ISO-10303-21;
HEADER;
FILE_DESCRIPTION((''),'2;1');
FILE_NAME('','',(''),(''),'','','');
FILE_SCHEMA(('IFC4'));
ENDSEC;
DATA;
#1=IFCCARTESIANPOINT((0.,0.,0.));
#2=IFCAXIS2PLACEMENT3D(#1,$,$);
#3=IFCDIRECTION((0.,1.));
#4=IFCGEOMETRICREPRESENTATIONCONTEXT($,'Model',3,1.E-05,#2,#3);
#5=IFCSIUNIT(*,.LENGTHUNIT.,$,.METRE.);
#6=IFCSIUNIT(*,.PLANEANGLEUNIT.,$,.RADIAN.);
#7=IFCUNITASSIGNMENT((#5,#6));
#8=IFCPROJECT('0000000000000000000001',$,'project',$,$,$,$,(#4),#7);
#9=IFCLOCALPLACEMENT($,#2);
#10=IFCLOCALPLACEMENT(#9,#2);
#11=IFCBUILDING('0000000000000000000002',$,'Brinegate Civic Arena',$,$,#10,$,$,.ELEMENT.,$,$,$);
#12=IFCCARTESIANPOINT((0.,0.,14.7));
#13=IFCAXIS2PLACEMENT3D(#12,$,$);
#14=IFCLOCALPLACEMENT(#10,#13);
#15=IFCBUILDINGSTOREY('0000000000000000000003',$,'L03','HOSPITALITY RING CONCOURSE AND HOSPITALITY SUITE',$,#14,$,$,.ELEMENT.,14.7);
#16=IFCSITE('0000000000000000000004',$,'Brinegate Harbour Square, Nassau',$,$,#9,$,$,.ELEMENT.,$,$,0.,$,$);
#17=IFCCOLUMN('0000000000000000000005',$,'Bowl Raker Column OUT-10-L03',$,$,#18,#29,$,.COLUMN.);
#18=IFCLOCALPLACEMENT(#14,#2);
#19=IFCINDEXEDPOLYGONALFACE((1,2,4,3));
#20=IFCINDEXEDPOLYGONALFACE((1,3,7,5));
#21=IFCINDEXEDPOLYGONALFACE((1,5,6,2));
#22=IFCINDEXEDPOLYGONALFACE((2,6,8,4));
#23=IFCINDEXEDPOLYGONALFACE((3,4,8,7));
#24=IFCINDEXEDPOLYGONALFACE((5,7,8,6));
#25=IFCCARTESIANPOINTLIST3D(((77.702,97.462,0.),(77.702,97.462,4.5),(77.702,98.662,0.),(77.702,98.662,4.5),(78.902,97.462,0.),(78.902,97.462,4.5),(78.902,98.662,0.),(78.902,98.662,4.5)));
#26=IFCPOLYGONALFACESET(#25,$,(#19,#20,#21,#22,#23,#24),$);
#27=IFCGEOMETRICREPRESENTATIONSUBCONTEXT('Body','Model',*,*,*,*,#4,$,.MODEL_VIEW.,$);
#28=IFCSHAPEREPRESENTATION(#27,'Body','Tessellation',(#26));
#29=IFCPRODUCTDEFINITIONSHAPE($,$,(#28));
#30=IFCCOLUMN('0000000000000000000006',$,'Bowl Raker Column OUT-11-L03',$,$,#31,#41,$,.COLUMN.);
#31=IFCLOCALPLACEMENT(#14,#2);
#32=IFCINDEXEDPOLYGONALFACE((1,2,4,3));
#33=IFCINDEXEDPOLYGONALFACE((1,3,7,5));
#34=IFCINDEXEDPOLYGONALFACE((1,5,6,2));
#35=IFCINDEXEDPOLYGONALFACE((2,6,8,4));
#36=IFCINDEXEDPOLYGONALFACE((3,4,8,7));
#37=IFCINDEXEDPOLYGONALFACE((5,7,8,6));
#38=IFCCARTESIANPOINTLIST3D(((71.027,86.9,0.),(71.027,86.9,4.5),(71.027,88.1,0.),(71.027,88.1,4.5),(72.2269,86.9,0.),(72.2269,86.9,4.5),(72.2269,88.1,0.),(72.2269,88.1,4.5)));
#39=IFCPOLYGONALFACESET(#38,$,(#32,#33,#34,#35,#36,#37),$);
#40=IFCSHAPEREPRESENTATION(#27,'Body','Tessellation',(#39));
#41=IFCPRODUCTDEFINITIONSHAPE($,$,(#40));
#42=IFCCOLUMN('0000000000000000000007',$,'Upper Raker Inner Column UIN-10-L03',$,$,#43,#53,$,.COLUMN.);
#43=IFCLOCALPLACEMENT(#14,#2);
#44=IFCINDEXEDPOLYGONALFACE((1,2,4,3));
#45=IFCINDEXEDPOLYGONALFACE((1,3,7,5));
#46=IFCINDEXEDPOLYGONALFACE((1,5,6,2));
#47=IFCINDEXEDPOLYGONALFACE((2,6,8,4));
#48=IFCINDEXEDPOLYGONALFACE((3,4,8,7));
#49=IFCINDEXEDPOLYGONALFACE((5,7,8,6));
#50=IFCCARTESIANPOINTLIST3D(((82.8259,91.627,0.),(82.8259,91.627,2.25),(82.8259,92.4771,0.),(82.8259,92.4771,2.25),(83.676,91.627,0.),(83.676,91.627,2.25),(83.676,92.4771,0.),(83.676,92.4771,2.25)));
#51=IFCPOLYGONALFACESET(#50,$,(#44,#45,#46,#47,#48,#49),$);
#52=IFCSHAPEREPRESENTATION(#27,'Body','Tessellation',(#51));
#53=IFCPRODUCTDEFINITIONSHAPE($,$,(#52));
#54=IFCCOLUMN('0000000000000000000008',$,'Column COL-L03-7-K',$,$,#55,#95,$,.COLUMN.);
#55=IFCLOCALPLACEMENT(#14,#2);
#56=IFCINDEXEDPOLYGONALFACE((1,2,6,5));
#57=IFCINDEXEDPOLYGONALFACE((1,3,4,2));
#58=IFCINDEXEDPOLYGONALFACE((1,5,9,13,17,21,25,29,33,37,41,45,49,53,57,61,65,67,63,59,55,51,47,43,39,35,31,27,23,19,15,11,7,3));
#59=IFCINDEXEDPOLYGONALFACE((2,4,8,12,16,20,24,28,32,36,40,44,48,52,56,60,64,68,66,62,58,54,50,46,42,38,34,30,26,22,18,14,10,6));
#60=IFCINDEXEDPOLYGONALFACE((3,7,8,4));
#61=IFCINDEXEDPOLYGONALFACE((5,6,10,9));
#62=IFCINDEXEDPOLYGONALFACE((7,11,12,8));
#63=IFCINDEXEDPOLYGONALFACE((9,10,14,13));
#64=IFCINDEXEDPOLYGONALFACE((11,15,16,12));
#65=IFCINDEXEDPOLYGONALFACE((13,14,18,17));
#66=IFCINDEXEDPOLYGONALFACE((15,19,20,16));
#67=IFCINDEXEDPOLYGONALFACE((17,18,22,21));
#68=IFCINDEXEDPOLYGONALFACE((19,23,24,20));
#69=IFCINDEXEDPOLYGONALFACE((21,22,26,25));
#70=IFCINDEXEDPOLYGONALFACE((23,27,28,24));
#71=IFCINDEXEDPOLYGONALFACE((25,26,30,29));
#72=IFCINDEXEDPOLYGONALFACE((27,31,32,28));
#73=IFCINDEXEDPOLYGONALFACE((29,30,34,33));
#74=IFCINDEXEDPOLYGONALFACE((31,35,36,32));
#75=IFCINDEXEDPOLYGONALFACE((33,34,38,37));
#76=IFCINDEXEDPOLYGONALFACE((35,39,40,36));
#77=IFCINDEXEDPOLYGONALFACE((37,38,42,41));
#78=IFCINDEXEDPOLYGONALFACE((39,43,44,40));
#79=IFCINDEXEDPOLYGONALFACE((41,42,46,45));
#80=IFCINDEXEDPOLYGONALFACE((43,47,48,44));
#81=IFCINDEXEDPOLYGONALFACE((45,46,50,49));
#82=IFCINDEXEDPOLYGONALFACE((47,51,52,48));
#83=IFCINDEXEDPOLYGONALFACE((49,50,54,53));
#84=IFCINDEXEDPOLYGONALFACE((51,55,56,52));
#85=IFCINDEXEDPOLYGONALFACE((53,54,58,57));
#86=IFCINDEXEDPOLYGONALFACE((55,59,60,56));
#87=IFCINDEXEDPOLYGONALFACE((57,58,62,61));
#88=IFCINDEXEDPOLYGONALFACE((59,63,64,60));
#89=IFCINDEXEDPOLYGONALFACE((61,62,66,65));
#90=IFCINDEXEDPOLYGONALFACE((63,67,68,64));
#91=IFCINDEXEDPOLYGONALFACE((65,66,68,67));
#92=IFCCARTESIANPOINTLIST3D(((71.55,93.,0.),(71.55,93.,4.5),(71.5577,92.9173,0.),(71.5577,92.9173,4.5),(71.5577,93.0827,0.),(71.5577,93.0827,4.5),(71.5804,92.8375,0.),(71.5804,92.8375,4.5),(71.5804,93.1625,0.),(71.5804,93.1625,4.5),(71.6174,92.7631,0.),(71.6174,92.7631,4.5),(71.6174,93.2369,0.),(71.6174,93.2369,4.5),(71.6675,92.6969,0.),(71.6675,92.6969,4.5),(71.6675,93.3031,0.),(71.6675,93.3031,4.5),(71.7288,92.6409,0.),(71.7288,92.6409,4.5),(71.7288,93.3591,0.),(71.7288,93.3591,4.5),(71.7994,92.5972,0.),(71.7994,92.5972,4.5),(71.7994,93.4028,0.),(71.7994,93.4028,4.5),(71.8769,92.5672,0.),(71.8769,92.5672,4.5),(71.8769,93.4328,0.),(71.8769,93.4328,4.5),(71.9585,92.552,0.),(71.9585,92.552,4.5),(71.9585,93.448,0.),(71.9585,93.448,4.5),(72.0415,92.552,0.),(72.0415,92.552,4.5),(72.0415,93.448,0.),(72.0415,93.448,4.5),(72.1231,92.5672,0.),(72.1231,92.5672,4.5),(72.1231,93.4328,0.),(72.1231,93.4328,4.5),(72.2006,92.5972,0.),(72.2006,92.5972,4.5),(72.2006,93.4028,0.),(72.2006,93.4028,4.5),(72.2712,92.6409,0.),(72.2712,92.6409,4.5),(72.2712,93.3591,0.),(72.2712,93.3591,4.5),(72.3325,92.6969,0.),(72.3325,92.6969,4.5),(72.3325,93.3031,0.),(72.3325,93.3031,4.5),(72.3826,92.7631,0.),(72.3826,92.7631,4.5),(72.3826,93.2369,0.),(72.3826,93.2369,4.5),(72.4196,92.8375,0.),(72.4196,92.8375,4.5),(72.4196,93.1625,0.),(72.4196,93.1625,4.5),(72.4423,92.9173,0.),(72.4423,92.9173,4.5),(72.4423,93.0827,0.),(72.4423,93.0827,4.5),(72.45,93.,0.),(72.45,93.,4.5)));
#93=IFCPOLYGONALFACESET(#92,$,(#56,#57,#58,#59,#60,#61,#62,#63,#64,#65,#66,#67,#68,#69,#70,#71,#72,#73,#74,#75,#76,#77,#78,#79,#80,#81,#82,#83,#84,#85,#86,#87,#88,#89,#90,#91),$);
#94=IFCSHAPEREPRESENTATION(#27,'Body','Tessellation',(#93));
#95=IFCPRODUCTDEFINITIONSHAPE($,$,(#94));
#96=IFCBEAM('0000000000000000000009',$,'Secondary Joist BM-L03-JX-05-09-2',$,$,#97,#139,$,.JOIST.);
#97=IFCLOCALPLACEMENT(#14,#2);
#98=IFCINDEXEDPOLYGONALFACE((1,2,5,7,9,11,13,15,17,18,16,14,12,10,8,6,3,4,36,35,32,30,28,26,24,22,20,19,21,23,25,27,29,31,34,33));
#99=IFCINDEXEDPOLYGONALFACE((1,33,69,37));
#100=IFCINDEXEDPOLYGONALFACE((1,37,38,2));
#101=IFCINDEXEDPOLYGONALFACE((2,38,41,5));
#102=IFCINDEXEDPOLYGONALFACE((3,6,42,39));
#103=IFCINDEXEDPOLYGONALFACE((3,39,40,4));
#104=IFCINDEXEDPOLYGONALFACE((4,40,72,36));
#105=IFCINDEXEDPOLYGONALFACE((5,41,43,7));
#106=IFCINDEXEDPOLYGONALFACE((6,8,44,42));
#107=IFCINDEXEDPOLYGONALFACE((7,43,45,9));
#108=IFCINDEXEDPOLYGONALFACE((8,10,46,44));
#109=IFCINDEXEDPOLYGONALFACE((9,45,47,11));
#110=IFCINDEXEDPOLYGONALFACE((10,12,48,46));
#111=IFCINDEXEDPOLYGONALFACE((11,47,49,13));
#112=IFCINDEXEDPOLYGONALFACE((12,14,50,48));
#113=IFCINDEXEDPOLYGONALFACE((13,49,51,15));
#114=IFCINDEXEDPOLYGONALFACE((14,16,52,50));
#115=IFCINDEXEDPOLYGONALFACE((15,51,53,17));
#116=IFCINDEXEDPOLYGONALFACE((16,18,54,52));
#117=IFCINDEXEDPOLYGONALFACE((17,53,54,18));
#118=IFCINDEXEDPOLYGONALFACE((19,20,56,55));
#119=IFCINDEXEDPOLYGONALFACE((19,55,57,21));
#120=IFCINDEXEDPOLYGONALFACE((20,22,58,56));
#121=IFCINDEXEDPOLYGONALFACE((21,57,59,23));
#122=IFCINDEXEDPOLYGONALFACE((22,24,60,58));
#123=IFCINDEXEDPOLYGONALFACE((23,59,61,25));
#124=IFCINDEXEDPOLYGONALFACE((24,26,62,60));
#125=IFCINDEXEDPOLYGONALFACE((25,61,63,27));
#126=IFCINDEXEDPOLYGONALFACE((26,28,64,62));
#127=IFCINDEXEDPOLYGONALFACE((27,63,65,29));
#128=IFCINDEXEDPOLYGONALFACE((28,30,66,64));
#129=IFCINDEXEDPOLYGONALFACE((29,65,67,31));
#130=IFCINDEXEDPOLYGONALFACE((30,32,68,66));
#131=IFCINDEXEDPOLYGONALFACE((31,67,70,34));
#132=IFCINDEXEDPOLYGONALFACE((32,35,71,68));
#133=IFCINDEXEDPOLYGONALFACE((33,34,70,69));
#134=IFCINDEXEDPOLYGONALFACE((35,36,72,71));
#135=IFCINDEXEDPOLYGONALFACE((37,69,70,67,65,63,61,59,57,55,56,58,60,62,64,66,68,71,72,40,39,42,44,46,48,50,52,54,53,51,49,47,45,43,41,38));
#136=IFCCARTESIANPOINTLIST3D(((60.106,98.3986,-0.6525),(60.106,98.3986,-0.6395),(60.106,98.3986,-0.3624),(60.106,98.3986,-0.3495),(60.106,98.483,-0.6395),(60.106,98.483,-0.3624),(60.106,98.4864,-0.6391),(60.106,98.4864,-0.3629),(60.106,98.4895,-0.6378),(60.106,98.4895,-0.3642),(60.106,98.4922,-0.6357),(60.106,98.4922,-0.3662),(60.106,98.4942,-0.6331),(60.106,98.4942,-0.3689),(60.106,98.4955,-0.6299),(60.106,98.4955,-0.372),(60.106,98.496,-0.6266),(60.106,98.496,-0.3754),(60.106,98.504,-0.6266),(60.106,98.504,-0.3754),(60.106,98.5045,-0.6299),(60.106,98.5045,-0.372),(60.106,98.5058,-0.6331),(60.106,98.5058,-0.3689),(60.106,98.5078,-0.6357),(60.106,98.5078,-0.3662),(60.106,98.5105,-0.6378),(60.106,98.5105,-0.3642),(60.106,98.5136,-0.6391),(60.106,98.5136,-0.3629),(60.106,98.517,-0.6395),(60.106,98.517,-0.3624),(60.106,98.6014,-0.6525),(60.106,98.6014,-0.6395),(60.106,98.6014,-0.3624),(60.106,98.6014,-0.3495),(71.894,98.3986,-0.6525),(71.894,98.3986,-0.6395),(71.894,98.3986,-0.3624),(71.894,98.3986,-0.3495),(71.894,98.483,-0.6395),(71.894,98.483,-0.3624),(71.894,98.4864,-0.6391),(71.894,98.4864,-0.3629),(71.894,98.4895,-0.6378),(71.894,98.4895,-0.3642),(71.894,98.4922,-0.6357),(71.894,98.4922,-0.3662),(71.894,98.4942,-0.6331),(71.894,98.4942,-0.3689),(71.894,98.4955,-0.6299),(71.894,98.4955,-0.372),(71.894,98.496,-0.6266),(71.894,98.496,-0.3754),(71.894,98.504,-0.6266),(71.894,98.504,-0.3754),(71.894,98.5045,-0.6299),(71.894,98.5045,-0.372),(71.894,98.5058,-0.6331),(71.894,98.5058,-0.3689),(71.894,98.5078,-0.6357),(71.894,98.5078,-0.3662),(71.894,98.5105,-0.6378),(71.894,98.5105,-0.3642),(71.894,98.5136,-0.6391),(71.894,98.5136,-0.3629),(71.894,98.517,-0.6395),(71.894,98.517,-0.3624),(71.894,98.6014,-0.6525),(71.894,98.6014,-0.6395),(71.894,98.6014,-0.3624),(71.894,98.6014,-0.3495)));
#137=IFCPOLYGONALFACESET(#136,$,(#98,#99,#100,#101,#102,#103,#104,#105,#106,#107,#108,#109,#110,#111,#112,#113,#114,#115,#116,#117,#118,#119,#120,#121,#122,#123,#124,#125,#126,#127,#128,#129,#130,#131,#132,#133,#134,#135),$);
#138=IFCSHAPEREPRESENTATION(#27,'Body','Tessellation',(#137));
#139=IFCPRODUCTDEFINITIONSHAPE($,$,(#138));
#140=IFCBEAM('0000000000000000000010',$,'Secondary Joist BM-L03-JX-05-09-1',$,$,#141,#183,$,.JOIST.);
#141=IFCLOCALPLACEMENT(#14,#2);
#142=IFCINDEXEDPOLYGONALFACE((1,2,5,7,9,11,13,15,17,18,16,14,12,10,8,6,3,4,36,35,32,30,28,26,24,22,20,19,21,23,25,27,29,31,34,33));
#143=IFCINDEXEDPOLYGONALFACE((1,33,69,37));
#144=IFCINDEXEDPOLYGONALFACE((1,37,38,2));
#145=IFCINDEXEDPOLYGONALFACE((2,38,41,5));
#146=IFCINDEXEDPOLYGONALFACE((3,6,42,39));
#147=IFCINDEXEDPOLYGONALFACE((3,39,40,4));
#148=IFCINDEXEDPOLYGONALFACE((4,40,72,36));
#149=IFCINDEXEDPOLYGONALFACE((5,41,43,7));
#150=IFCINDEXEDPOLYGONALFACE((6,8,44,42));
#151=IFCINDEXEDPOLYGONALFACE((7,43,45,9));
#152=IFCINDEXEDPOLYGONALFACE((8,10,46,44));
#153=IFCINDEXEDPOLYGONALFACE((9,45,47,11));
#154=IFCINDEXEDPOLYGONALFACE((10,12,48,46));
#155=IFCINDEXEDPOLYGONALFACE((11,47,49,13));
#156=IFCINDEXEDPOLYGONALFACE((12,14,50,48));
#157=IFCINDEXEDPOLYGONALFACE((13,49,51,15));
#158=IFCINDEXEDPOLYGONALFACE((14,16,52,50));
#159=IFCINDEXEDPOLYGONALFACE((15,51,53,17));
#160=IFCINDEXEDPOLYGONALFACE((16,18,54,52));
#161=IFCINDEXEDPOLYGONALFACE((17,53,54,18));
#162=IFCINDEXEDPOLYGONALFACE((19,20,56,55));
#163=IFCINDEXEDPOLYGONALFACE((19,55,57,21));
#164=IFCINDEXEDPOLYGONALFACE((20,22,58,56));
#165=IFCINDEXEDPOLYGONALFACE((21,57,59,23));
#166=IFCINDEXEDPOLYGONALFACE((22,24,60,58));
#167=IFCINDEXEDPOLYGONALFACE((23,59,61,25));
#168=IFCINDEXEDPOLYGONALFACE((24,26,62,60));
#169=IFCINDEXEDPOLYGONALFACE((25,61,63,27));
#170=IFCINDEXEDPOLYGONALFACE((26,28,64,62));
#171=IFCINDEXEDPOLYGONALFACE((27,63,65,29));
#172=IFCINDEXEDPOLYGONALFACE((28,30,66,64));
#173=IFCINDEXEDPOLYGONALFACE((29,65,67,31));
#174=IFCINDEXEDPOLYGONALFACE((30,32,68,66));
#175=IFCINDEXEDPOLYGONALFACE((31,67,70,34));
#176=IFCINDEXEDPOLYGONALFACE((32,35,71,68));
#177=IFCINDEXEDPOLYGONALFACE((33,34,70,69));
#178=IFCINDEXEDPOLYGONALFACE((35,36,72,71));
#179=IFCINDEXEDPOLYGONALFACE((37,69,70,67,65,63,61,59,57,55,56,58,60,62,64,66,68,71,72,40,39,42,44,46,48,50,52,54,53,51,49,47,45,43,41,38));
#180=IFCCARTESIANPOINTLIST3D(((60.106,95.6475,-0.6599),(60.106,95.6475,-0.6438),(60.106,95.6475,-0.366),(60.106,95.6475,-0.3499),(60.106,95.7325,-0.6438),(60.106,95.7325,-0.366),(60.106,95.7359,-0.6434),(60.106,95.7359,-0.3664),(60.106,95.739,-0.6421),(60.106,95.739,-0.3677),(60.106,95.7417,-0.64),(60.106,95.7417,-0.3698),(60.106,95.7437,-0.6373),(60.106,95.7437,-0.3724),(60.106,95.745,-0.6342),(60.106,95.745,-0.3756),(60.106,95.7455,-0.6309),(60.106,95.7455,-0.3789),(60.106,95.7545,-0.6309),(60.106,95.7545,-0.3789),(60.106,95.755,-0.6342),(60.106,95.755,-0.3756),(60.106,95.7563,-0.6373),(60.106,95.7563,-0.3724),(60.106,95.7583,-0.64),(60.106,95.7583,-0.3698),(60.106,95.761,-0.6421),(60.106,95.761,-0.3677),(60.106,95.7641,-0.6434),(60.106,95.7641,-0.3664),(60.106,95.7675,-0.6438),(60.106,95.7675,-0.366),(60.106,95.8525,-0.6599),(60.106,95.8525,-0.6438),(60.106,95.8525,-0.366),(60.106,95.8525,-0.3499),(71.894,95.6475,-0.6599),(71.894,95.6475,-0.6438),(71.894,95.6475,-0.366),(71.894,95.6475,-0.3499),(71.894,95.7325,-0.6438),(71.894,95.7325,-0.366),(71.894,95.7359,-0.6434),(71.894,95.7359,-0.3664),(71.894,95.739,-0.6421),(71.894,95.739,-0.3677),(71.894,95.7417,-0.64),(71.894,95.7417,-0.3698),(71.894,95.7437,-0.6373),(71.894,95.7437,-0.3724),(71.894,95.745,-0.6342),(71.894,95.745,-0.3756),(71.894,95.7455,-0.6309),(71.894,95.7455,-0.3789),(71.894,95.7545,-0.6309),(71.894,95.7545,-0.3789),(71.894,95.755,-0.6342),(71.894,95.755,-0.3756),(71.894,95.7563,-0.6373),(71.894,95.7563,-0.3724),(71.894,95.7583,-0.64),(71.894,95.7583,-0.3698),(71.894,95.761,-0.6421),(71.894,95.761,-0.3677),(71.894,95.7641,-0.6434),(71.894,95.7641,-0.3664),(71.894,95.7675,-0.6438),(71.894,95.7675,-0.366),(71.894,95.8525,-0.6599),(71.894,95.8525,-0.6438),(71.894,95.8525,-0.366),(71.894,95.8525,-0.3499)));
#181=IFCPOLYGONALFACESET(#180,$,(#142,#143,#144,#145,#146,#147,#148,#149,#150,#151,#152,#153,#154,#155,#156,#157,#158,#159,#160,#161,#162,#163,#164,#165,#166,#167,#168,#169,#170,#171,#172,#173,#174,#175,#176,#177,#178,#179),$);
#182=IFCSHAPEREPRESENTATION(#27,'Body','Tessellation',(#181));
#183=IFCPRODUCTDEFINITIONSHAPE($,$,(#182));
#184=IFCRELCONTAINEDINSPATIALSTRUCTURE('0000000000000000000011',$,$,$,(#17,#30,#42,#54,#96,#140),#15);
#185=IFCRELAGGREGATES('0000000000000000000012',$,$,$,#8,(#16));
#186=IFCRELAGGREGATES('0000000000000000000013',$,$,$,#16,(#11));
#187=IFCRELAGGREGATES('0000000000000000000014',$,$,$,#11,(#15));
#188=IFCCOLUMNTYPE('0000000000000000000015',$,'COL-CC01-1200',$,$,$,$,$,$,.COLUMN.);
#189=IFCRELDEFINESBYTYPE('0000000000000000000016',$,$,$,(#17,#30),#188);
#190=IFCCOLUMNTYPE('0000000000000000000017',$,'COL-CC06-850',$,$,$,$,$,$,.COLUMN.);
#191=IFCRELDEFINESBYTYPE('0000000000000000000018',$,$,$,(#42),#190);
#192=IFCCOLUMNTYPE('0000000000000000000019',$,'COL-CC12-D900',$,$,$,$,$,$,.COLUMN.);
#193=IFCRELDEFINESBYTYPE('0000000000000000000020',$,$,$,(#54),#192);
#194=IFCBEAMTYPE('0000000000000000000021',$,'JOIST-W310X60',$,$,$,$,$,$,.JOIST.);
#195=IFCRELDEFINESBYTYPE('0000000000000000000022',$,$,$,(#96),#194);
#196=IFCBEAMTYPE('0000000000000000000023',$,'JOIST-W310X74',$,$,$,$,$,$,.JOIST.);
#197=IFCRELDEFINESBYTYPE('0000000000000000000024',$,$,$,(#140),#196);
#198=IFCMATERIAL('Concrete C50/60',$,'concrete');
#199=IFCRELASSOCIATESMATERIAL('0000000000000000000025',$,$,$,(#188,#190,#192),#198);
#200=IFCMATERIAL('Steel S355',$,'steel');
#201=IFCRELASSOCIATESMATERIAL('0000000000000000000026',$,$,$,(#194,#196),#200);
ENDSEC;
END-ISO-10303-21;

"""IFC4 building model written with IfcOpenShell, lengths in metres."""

from ifc_helpers import new_model, si_unit, direction, frame, origin, origin_2d, place, context, subcontext, project, spatial, rectangle, circle, i_section, extrude, material, material_profile, profile_set, type_object, element, save


model = new_model("IFC4")

# Units and contexts
model_context = context("Model", 3, precision=1e-05, world=origin(), true_north=direction((0.0, 1.0)))
body_context = subcontext(model_context, "Body", "Model", "MODEL_VIEW")
ifc_project = project(units=[si_unit("LENGTHUNIT", "METRE"), si_unit("PLANEANGLEUNIT", "RADIAN")], contexts=[model_context])

# Site, building, storey
site_placement = place(None, origin())
site = spatial("IfcSite", under=ifc_project, at=site_placement, Name="Brinegate Harbour Square, Nassau", CompositionType="ELEMENT", RefElevation=0.0)
building_placement = place(site_placement, origin())
building = spatial("IfcBuilding", under=site, at=building_placement, Name="Brinegate Civic Arena", CompositionType="ELEMENT")
storey_placement = place(building_placement, frame((0.0, 0.0, 14.7)))
storey = spatial("IfcBuildingStorey", under=building, at=storey_placement, Name="L03", Description="HOSPITALITY RING CONCOURSE AND HOSPITALITY SUITE", CompositionType="ELEMENT", Elevation=14.7)

# Columns
ifc_material_1 = material(Name="Concrete C50/60", Category="concrete")
ifc_material_profile_1 = material_profile(ifc_material_1, rectangle(XDim=1.2, YDim=1.2, at=origin_2d()), Name="RC1200X1200")
ifc_profile_set_1 = profile_set([ifc_material_profile_1], Name="Concrete C50/60")
column_type_1 = type_object("IfcColumnType", Name="COL-CC01-1200", PredefinedType="COLUMN", material=ifc_profile_set_1)
for number, where, z_axis, x_axis, name in (
    (1, (78.302, 98.062, 0.0), (0.0, 0.0, 1.0), (1.0, 0.0, 0.0), "Bowl Raker Column OUT-10-L03"),
    (2, (71.627, 87.5, 0.0), (0.0, 0.0, 1.0), (1.0, 0.0, 0.0), "Bowl Raker Column OUT-11-L03"),
):
    element("IfcColumn", number, at=place(storey_placement, frame(where, z_axis=z_axis, x_axis=x_axis)), inside=storey, type_object=column_type_1, Name=name, PredefinedType="COLUMN", context=body_context, shape_type="SweptSolid", body=[
        extrude(rectangle(XDim=1.2, YDim=1.2, at=origin_2d()), origin(), (0.0, 0.0, 1.0), 4.5),
    ])
ifc_material_profile_2 = material_profile(ifc_material_1, rectangle(XDim=0.8501, YDim=0.8501, at=origin_2d()), Name="RC850X850")
ifc_profile_set_2 = profile_set([ifc_material_profile_2], Name="Concrete C50/60")
column_type_2 = type_object("IfcColumnType", Name="COL-CC06-850", PredefinedType="COLUMN", material=ifc_profile_set_2)
column_1_placement = place(storey_placement, frame((83.251, 92.052, 0.0), z_axis=(0.0, 0.0, 1.0), x_axis=(1.0, 0.0, 0.0)))
element("IfcColumn", 3, at=column_1_placement, inside=storey, type_object=column_type_2, Name="Upper Raker Inner Column UIN-10-L03", PredefinedType="COLUMN", context=body_context, shape_type="SweptSolid", body=[
    extrude(rectangle(XDim=0.8501, YDim=0.8501, at=origin_2d()), origin(), (0.0, 0.0, 1.0), 2.25),
])
ifc_material_profile_3 = material_profile(ifc_material_1, circle(Radius=0.45, at=origin_2d()), Name="RCD900")
ifc_profile_set_3 = profile_set([ifc_material_profile_3], Name="Concrete C50/60")
column_type_3 = type_object("IfcColumnType", Name="COL-CC12-D900", PredefinedType="COLUMN", material=ifc_profile_set_3)
column_2_placement = place(storey_placement, frame((72.0, 93.0, 0.0), z_axis=(0.0, 0.0, 1.0), x_axis=(1.0, 0.0, 0.0)))
element("IfcColumn", 4, at=column_2_placement, inside=storey, type_object=column_type_3, Name="Column COL-L03-7-K", PredefinedType="COLUMN", context=body_context, shape_type="SweptSolid", body=[
    extrude(circle(Radius=0.45, at=origin_2d()), origin(), (0.0, 0.0, 1.0), 4.5),
])

# Beams
ifc_material_2 = material(Name="Steel S355", Category="steel")
ifc_material_profile_4 = material_profile(ifc_material_2, i_section(OverallWidth=0.2029, OverallDepth=0.303, WebThickness=0.0081, FlangeThickness=0.0129, FilletRadius=0.0129, at=origin_2d()), Name="W310X60")
ifc_profile_set_4 = profile_set([ifc_material_profile_4], Name="Steel S355")
beam_type_1 = type_object("IfcBeamType", Name="JOIST-W310X60", PredefinedType="JOIST", material=ifc_profile_set_4)
beam_1_placement = place(storey_placement, frame((60.106, 98.5, -0.501), z_axis=(1.0, 0.0, 0.0), x_axis=(0.0, 1.0, 0.0)))
element("IfcBeam", 5, at=beam_1_placement, inside=storey, type_object=beam_type_1, Name="Secondary Joist BM-L03-JX-05-09-2", PredefinedType="JOIST", context=body_context, shape_type="SweptSolid", body=[
    extrude(i_section(OverallWidth=0.2029, OverallDepth=0.303, WebThickness=0.0081, FlangeThickness=0.0129, FilletRadius=0.0129, at=origin_2d()), origin(), (0.0, 0.0, 1.0), 11.7881),
])
ifc_material_profile_5 = material_profile(ifc_material_2, i_section(OverallWidth=0.2051, OverallDepth=0.3101, WebThickness=0.009, FlangeThickness=0.0161, FilletRadius=0.0129, at=origin_2d()), Name="W310X74")
ifc_profile_set_5 = profile_set([ifc_material_profile_5], Name="Steel S355")
beam_type_2 = type_object("IfcBeamType", Name="JOIST-W310X74", PredefinedType="JOIST", material=ifc_profile_set_5)
beam_2_placement = place(storey_placement, frame((60.106, 95.75, -0.5049), z_axis=(1.0, 0.0, 0.0), x_axis=(0.0, 1.0, 0.0)))
element("IfcBeam", 6, at=beam_2_placement, inside=storey, type_object=beam_type_2, Name="Secondary Joist BM-L03-JX-05-09-1", PredefinedType="JOIST", context=body_context, shape_type="SweptSolid", body=[
    extrude(i_section(OverallWidth=0.2051, OverallDepth=0.3101, WebThickness=0.009, FlangeThickness=0.0161, FilletRadius=0.0129, at=origin_2d()), origin(), (0.0, 0.0, 1.0), 11.7881),
])

save(model, "model.ifc")
